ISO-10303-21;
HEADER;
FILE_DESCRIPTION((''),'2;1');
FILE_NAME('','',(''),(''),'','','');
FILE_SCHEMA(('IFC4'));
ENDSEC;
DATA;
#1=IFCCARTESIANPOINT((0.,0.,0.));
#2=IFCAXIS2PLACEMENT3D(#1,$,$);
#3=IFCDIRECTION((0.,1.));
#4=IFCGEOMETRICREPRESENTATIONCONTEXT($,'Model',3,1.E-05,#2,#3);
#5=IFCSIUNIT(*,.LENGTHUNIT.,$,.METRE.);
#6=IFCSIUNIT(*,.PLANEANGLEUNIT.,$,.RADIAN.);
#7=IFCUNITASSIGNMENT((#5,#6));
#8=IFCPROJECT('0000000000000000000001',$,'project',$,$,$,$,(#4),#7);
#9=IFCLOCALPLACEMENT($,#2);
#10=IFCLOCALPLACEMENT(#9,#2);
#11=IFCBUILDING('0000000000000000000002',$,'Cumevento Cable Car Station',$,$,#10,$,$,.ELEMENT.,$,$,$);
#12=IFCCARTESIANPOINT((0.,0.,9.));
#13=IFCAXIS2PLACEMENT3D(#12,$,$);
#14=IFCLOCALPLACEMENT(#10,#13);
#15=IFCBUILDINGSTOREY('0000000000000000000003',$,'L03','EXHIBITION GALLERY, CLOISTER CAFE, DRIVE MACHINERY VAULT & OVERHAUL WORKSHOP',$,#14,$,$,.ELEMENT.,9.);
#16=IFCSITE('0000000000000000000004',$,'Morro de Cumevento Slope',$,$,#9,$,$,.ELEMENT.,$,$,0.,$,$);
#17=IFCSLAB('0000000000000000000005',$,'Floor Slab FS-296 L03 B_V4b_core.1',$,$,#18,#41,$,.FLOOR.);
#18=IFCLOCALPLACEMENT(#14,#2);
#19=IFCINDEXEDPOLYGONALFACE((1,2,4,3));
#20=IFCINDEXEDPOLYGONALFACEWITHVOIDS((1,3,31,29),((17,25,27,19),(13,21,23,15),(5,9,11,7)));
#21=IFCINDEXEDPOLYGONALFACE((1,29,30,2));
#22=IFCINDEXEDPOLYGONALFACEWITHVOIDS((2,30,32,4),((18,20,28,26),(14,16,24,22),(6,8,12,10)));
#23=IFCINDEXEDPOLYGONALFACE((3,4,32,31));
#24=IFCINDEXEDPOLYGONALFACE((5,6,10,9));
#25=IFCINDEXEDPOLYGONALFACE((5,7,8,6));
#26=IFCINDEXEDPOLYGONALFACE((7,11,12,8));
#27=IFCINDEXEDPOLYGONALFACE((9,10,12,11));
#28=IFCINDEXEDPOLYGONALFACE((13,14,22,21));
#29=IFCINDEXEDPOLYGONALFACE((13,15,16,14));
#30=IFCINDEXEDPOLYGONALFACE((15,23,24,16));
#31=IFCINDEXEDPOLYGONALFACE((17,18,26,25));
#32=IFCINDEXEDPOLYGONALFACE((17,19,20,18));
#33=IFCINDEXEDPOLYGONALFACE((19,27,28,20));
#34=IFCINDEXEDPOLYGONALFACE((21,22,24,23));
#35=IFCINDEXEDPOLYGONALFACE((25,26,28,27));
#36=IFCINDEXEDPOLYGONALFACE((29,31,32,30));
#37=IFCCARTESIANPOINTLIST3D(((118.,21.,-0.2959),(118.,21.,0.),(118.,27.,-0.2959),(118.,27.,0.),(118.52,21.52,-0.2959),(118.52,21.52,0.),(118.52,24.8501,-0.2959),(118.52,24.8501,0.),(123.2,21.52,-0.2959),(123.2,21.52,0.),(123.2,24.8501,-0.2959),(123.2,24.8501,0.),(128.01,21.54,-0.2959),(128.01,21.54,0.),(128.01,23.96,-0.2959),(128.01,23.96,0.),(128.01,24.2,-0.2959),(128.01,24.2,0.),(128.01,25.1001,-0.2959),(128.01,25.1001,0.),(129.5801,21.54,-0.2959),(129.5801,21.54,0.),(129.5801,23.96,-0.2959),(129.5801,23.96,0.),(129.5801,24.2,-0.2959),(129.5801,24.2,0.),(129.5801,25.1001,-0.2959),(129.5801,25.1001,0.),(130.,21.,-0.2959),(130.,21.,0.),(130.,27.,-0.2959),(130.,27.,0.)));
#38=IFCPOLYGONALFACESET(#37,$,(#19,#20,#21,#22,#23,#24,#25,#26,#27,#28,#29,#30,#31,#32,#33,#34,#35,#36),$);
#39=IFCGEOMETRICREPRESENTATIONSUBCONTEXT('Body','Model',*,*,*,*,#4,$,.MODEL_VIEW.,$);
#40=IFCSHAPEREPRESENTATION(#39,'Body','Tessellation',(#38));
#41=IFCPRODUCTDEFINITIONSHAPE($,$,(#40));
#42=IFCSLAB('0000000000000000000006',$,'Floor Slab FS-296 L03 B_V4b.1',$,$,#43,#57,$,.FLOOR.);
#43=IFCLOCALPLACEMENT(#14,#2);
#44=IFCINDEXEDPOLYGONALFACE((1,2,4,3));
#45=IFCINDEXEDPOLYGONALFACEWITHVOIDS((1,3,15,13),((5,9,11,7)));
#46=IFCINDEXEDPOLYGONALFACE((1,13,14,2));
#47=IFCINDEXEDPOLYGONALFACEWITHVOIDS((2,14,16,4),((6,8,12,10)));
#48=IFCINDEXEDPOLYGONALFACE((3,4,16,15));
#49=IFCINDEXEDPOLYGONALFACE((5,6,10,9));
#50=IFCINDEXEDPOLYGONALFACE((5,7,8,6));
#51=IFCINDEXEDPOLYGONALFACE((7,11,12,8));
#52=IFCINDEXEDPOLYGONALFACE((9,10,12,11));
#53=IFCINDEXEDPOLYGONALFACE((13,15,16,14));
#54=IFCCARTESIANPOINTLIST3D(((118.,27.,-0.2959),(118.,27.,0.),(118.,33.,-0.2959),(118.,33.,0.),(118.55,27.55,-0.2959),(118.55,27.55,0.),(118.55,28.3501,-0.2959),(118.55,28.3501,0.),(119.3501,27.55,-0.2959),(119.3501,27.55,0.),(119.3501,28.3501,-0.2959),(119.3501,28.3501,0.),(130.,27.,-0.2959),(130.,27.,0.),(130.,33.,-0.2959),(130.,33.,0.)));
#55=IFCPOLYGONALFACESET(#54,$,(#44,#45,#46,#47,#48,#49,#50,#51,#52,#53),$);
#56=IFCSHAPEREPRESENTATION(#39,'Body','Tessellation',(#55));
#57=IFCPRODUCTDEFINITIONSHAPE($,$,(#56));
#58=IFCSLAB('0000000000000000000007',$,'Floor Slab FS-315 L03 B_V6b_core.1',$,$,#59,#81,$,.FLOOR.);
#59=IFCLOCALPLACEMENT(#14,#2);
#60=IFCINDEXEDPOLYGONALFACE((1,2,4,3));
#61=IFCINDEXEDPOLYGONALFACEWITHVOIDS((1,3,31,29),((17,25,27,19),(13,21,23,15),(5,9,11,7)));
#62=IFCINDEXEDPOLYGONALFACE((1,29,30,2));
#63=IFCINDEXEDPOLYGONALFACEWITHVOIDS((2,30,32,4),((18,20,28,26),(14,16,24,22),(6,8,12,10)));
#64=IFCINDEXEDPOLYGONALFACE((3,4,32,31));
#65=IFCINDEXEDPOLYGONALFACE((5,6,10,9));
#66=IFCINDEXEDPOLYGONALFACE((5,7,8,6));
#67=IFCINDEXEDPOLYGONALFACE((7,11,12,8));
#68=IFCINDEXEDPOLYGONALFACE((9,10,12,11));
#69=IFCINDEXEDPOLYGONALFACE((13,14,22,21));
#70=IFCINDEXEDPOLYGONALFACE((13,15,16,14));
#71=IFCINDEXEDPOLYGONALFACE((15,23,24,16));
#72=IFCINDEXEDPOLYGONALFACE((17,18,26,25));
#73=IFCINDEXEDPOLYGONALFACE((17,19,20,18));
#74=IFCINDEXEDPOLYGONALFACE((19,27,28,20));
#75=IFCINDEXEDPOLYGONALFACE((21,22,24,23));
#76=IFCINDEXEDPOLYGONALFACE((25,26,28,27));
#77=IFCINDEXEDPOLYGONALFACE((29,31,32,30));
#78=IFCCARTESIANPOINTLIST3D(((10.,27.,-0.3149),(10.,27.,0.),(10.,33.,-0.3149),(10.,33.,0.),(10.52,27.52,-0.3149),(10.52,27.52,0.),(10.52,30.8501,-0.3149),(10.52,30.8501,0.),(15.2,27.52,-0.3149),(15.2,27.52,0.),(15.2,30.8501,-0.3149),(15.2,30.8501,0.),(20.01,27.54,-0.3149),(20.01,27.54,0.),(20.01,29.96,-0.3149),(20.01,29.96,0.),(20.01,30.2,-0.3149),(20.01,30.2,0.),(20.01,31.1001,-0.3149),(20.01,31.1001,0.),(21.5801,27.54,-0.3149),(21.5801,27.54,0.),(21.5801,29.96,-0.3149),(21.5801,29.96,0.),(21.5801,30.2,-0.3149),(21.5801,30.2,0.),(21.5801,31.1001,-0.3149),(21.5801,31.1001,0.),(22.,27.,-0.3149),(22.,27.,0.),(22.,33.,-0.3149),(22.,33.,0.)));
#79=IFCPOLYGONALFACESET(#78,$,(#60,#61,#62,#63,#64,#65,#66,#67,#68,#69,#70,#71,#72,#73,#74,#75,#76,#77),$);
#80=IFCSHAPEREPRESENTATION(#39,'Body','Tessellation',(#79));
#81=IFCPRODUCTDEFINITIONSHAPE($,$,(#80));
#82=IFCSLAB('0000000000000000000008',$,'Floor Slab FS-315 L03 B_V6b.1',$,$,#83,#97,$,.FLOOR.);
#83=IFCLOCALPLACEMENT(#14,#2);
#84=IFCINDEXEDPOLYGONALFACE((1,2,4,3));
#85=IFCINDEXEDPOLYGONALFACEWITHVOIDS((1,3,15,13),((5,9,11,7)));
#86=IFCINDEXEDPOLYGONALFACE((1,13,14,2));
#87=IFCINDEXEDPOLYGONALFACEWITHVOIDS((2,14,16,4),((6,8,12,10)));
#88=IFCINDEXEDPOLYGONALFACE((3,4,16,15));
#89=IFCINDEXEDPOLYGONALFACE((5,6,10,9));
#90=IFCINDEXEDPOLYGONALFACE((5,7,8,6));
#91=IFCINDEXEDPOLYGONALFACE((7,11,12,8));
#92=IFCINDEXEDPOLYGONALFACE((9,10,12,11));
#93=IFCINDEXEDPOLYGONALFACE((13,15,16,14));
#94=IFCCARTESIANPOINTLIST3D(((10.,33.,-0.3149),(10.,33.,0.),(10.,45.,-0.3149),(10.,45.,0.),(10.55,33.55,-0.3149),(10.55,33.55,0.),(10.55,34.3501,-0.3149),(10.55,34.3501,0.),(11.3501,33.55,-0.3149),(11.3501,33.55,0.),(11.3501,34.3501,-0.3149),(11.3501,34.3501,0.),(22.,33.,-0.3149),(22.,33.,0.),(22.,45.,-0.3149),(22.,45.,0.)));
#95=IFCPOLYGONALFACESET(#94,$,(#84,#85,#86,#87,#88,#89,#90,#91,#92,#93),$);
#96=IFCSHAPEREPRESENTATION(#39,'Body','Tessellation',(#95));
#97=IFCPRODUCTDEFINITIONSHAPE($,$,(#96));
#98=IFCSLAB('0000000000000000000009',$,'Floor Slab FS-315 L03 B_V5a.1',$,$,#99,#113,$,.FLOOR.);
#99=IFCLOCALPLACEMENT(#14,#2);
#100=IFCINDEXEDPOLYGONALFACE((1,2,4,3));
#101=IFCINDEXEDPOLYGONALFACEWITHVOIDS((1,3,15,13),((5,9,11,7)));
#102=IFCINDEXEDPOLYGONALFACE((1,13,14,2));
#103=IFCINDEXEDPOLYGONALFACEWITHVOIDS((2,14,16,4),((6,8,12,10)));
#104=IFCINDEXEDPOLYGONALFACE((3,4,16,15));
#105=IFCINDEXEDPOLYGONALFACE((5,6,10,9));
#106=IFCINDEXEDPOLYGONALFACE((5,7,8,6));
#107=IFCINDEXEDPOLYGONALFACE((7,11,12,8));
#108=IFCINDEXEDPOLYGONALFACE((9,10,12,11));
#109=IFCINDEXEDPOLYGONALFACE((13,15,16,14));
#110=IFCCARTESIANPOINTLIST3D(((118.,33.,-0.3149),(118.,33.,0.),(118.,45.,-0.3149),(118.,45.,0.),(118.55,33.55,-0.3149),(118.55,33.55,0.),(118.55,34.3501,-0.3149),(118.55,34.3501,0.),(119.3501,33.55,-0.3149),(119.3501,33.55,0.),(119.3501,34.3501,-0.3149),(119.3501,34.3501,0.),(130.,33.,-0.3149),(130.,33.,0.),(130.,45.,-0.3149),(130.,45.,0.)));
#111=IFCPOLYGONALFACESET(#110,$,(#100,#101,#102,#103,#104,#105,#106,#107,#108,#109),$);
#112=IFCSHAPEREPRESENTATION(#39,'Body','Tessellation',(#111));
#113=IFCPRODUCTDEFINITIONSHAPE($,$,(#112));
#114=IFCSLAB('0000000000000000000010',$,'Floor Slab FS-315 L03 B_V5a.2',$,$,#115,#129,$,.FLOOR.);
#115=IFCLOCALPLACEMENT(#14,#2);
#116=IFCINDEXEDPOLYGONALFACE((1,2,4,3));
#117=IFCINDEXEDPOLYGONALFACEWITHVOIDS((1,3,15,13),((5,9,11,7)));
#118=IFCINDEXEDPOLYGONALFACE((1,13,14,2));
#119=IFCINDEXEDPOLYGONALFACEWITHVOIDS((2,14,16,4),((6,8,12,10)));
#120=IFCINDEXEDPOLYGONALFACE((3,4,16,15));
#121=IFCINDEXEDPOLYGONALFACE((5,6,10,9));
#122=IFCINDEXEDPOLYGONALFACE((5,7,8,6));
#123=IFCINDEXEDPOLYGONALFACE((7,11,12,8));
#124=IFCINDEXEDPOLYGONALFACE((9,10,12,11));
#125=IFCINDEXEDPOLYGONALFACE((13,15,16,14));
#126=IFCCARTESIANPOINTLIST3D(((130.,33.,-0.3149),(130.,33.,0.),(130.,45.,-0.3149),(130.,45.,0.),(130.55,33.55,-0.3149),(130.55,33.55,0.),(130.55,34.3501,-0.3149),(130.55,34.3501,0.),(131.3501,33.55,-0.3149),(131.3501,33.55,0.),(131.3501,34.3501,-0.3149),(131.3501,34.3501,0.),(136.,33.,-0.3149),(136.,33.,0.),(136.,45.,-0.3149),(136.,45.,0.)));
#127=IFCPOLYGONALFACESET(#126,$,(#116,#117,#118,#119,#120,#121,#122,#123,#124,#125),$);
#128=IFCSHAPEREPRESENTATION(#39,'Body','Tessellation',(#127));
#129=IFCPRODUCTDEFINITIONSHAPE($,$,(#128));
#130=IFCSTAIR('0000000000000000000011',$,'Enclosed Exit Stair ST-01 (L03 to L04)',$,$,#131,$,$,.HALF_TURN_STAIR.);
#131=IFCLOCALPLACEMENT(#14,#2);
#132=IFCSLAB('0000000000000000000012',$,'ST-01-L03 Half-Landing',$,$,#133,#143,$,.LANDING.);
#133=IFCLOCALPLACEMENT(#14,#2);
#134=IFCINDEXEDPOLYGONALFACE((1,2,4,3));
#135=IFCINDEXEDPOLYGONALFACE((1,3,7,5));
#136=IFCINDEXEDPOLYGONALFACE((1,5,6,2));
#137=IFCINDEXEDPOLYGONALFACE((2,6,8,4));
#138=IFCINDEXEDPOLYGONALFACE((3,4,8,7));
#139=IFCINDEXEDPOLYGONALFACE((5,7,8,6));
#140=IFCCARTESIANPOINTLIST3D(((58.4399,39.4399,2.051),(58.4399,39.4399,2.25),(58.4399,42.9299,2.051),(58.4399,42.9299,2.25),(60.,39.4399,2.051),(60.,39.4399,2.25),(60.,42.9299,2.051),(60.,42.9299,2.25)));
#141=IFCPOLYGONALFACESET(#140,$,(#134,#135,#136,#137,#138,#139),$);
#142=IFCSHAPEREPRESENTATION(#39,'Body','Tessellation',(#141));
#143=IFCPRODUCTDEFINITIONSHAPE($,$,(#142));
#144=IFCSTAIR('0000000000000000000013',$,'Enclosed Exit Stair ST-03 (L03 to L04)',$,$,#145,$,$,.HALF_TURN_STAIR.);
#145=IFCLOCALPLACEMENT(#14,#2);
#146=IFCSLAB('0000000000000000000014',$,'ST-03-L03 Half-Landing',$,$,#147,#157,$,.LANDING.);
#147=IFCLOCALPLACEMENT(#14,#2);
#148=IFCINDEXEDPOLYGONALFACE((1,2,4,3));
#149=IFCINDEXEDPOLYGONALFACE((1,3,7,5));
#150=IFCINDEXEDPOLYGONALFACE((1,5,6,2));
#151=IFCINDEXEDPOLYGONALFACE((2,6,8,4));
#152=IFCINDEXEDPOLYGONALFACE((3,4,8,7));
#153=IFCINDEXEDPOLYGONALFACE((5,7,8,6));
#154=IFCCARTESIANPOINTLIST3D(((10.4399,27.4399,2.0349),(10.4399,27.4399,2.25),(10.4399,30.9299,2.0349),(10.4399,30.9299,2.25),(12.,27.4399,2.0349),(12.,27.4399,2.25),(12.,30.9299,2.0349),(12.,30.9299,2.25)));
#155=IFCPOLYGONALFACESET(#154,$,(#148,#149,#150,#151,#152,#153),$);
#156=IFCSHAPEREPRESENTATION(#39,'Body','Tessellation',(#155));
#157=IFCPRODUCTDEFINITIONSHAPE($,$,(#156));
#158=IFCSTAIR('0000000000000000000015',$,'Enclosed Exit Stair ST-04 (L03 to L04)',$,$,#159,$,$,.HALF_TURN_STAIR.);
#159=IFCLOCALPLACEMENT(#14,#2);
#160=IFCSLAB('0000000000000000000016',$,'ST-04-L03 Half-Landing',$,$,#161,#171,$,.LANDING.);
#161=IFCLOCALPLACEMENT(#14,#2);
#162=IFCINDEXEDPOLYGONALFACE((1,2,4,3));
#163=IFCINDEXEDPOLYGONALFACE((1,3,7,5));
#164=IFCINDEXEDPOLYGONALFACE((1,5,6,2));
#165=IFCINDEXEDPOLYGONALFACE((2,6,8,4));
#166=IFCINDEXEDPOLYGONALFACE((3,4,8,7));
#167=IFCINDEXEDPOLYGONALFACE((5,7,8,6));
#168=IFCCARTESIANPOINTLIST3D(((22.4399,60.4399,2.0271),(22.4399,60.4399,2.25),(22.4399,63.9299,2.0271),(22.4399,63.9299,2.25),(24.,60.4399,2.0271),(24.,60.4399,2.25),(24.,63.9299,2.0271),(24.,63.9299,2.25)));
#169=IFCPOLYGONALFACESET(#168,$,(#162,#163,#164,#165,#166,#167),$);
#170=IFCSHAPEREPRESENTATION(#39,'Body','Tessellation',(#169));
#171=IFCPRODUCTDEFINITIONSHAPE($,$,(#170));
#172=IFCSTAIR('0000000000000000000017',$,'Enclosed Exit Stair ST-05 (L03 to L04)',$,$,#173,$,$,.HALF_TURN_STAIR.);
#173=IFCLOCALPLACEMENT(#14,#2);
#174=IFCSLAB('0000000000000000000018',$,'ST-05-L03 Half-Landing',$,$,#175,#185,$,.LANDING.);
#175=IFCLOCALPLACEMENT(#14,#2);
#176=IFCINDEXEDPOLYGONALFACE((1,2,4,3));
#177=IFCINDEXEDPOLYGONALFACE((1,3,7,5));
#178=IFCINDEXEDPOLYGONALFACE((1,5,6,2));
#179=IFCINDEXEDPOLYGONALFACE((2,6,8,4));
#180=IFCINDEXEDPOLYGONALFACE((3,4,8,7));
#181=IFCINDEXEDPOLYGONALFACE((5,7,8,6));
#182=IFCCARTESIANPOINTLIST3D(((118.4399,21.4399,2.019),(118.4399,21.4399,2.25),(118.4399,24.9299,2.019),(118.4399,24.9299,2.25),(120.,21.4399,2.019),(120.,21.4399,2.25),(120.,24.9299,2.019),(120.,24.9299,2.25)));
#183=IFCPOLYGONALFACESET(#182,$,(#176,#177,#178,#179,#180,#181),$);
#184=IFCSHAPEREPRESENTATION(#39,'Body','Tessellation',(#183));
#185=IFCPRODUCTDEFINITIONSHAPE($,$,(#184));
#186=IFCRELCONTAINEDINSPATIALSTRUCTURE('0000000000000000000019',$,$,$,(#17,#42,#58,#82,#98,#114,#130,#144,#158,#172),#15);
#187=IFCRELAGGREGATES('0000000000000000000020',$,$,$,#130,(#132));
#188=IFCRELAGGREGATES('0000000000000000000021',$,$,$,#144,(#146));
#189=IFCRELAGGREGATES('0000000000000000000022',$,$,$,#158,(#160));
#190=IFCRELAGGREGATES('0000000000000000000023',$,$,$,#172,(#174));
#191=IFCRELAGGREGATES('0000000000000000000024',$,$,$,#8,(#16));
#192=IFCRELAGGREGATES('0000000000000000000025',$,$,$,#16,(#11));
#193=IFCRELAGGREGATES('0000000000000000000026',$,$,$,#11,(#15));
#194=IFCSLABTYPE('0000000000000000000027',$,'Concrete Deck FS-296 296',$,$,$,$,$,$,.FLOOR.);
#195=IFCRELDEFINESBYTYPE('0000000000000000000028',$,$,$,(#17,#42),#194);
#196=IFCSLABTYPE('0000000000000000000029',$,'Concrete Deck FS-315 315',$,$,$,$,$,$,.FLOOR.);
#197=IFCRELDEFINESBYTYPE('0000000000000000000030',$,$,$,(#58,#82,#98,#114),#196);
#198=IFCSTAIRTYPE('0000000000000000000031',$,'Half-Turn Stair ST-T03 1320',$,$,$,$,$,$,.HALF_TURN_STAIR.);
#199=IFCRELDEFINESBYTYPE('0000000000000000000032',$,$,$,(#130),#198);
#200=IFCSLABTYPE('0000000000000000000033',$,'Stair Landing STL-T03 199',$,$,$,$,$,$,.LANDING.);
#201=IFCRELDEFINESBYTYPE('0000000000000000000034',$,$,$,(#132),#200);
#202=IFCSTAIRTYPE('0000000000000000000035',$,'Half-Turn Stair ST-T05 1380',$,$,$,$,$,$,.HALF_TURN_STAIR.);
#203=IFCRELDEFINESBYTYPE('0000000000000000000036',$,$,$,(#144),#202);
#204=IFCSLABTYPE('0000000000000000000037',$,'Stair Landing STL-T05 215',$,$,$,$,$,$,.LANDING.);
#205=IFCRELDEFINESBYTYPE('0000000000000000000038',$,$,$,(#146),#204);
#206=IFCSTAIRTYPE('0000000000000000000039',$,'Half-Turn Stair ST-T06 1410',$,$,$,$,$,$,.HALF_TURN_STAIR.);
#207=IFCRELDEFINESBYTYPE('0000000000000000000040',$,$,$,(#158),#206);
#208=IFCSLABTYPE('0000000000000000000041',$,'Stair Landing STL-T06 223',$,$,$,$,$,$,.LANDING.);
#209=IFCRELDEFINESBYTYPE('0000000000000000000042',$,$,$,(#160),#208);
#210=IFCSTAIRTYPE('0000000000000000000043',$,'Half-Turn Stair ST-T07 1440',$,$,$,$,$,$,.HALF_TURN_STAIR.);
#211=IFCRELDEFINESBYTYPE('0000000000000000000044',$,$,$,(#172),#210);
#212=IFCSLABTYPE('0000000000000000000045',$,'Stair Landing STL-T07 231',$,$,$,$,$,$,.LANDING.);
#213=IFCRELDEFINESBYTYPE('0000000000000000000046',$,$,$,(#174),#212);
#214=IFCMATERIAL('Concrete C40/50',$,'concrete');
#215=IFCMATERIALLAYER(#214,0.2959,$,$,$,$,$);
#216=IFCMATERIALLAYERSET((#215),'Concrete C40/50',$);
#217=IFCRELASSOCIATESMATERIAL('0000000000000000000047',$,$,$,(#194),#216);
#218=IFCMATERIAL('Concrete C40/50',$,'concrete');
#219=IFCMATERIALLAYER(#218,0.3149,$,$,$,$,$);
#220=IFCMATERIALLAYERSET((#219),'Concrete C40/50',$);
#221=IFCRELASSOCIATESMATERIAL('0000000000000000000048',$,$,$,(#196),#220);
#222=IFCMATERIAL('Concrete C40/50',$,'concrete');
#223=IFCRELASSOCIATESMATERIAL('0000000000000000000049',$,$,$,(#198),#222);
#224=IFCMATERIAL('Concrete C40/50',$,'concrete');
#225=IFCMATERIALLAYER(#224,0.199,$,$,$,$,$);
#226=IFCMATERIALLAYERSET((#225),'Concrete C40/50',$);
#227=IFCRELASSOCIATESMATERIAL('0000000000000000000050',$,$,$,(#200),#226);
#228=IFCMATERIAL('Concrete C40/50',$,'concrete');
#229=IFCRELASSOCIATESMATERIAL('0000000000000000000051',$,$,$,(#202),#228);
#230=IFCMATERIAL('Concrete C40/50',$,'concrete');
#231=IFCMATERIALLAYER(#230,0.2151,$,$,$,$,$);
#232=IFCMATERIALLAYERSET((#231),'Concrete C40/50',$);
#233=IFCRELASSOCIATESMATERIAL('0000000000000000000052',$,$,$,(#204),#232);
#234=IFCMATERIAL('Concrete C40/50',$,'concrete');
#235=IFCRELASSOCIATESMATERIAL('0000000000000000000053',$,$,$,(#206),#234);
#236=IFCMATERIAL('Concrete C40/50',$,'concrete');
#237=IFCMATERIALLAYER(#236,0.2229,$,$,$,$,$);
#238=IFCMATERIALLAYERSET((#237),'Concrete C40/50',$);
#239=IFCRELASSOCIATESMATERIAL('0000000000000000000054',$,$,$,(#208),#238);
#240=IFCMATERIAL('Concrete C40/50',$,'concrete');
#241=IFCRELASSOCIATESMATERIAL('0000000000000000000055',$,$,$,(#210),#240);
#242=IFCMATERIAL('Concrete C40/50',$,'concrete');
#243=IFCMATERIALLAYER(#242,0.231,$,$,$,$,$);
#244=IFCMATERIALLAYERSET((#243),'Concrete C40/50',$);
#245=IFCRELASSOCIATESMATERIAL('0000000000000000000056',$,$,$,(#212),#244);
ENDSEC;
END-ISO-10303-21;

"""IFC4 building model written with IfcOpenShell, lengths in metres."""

from ifc_helpers import new_model, si_unit, direction, frame, origin, place, context, subcontext, project, spatial, polyline, outline, extrude, material, layer, layer_set, type_object, element, aggregate, save


model = new_model("IFC4")

# Units and contexts
model_context = context("Model", 3, precision=1e-05, world=origin(), true_north=direction((0.0, 1.0)))
body_context = subcontext(model_context, "Body", "Model", "MODEL_VIEW")
ifc_project = project(units=[si_unit("LENGTHUNIT", "METRE"), si_unit("PLANEANGLEUNIT", "RADIAN")], contexts=[model_context])

# Site, building, storey
site_placement = place(None, origin())
site = spatial("IfcSite", under=ifc_project, at=site_placement, Name="Morro de Cumevento Slope", CompositionType="ELEMENT", RefElevation=0.0)
building_placement = place(site_placement, origin())
building = spatial("IfcBuilding", under=site, at=building_placement, Name="Cumevento Cable Car Station", CompositionType="ELEMENT")
storey_placement = place(building_placement, frame((0.0, 0.0, 9.0)))
storey = spatial("IfcBuildingStorey", under=building, at=storey_placement, Name="L03", Description="EXHIBITION GALLERY, CLOISTER CAFE, DRIVE MACHINERY VAULT & OVERHAUL WORKSHOP", CompositionType="ELEMENT", Elevation=9.0)

# Slabs
ifc_material_1 = material(Name="Concrete C40/50", Category="concrete")
ifc_layer_1 = layer(ifc_material_1, 0.2959)
ifc_layer_set_1 = layer_set([ifc_layer_1], Name="Concrete C40/50")
slab_type_1 = type_object("IfcSlabType", Name="Concrete Deck FS-296 296", PredefinedType="FLOOR", material=ifc_layer_set_1)
slab_1_placement = place(storey_placement, frame((0.0, 0.0, -0.2959)))
element("IfcSlab", 1, at=slab_1_placement, inside=storey, type_object=slab_type_1, Name="Floor Slab FS-296 L03 B_V4b_core.1", PredefinedType="FLOOR", context=body_context, shape_type="SweptSolid", body=[
    extrude(outline(polyline([(118.0, 21.0), (130.0, 21.0), (130.0, 27.0), (118.0, 27.0), (118.0, 21.0)]), holes=[polyline([(128.01, 21.54), (129.5801, 21.54), (129.5801, 23.96), (128.01, 23.96), (128.01, 21.54)]), polyline([(118.52, 21.52), (123.2, 21.52), (123.2, 24.8501), (118.52, 24.8501), (118.52, 21.52)]), polyline([(128.01, 24.2), (129.5801, 24.2), (129.5801, 25.1001), (128.01, 25.1001), (128.01, 24.2)])]), origin(), (0.0, 0.0, 1.0), 0.2959),
])
slab_2_placement = place(storey_placement, frame((0.0, 0.0, -0.2959)))
element("IfcSlab", 2, at=slab_2_placement, inside=storey, type_object=slab_type_1, Name="Floor Slab FS-296 L03 B_V4b.1", PredefinedType="FLOOR", context=body_context, shape_type="SweptSolid", body=[
    extrude(outline(polyline([(118.0, 27.0), (130.0, 27.0), (130.0, 33.0), (118.0, 33.0), (118.0, 27.0)]), holes=[polyline([(118.55, 27.55), (119.3501, 27.55), (119.3501, 28.3501), (118.55, 28.3501), (118.55, 27.55)])]), origin(), (0.0, 0.0, 1.0), 0.2959),
])
ifc_material_2 = material(Name="Concrete C40/50", Category="concrete")
ifc_layer_2 = layer(ifc_material_2, 0.3149)
ifc_layer_set_2 = layer_set([ifc_layer_2], Name="Concrete C40/50")
slab_type_2 = type_object("IfcSlabType", Name="Concrete Deck FS-315 315", PredefinedType="FLOOR", material=ifc_layer_set_2)
slab_3_placement = place(storey_placement, frame((0.0, 0.0, -0.3149)))
element("IfcSlab", 3, at=slab_3_placement, inside=storey, type_object=slab_type_2, Name="Floor Slab FS-315 L03 B_V6b_core.1", PredefinedType="FLOOR", context=body_context, shape_type="SweptSolid", body=[
    extrude(outline(polyline([(10.0, 27.0), (22.0, 27.0), (22.0, 33.0), (10.0, 33.0), (10.0, 27.0)]), holes=[polyline([(20.01, 27.54), (21.5801, 27.54), (21.5801, 29.96), (20.01, 29.96), (20.01, 27.54)]), polyline([(10.52, 27.52), (15.2, 27.52), (15.2, 30.8501), (10.52, 30.8501), (10.52, 27.52)]), polyline([(20.01, 30.2), (21.5801, 30.2), (21.5801, 31.1001), (20.01, 31.1001), (20.01, 30.2)])]), origin(), (0.0, 0.0, 1.0), 0.3149),
])
slab_4_placement = place(storey_placement, frame((0.0, 0.0, -0.3149)))
element("IfcSlab", 4, at=slab_4_placement, inside=storey, type_object=slab_type_2, Name="Floor Slab FS-315 L03 B_V6b.1", PredefinedType="FLOOR", context=body_context, shape_type="SweptSolid", body=[
    extrude(outline(polyline([(10.0, 33.0), (22.0, 33.0), (22.0, 45.0), (10.0, 45.0), (10.0, 33.0)]), holes=[polyline([(10.55, 33.55), (11.3501, 33.55), (11.3501, 34.3501), (10.55, 34.3501), (10.55, 33.55)])]), origin(), (0.0, 0.0, 1.0), 0.3149),
])
slab_5_placement = place(storey_placement, frame((0.0, 0.0, -0.3149)))
element("IfcSlab", 5, at=slab_5_placement, inside=storey, type_object=slab_type_2, Name="Floor Slab FS-315 L03 B_V5a.1", PredefinedType="FLOOR", context=body_context, shape_type="SweptSolid", body=[
    extrude(outline(polyline([(118.0, 33.0), (130.0, 33.0), (130.0, 45.0), (118.0, 45.0), (118.0, 33.0)]), holes=[polyline([(118.55, 33.55), (119.3501, 33.55), (119.3501, 34.3501), (118.55, 34.3501), (118.55, 33.55)])]), origin(), (0.0, 0.0, 1.0), 0.3149),
])
slab_6_placement = place(storey_placement, frame((0.0, 0.0, -0.3149)))
element("IfcSlab", 6, at=slab_6_placement, inside=storey, type_object=slab_type_2, Name="Floor Slab FS-315 L03 B_V5a.2", PredefinedType="FLOOR", context=body_context, shape_type="SweptSolid", body=[
    extrude(outline(polyline([(130.0, 33.0), (136.0, 33.0), (136.0, 45.0), (130.0, 45.0), (130.0, 33.0)]), holes=[polyline([(130.55, 33.55), (131.3501, 33.55), (131.3501, 34.3501), (130.55, 34.3501), (130.55, 33.55)])]), origin(), (0.0, 0.0, 1.0), 0.3149),
])

# Stairs, slabs
ifc_material_3 = material(Name="Concrete C40/50", Category="concrete")
stair_type_1 = type_object("IfcStairType", Name="Half-Turn Stair ST-T03 1320", PredefinedType="HALF_TURN_STAIR", material=ifc_material_3)
stair_1_placement = place(storey_placement, origin())
stair_1 = element("IfcStair", 7, at=stair_1_placement, inside=storey, type_object=stair_type_1, Name="Enclosed Exit Stair ST-01 (L03 to L04)", PredefinedType="HALF_TURN_STAIR")
ifc_material_4 = material(Name="Concrete C40/50", Category="concrete")
ifc_layer_3 = layer(ifc_material_4, 0.199)
ifc_layer_set_3 = layer_set([ifc_layer_3], Name="Concrete C40/50")
slab_type_3 = type_object("IfcSlabType", Name="Stair Landing STL-T03 199", PredefinedType="LANDING", material=ifc_layer_set_3)
slab_7_placement = place(storey_placement, frame((0.0, 0.0, 2.051)))
slab_7 = element("IfcSlab", 8, at=slab_7_placement, type_object=slab_type_3, Name="ST-01-L03 Half-Landing", PredefinedType="LANDING", context=body_context, shape_type="SweptSolid", body=[
    extrude(outline(polyline([(58.4399, 39.4399), (60.0, 39.4399), (60.0, 42.9299), (58.4399, 42.9299), (58.4399, 39.4399)])), origin(), (0.0, 0.0, 1.0), 0.199),
])
aggregate(stair_1, [slab_7])
ifc_material_5 = material(Name="Concrete C40/50", Category="concrete")
stair_type_2 = type_object("IfcStairType", Name="Half-Turn Stair ST-T05 1380", PredefinedType="HALF_TURN_STAIR", material=ifc_material_5)
stair_2_placement = place(storey_placement, origin())
stair_2 = element("IfcStair", 9, at=stair_2_placement, inside=storey, type_object=stair_type_2, Name="Enclosed Exit Stair ST-03 (L03 to L04)", PredefinedType="HALF_TURN_STAIR")
ifc_material_6 = material(Name="Concrete C40/50", Category="concrete")
ifc_layer_4 = layer(ifc_material_6, 0.2151)
ifc_layer_set_4 = layer_set([ifc_layer_4], Name="Concrete C40/50")
slab_type_4 = type_object("IfcSlabType", Name="Stair Landing STL-T05 215", PredefinedType="LANDING", material=ifc_layer_set_4)
slab_8_placement = place(storey_placement, frame((0.0, 0.0, 2.0349)))
slab_8 = element("IfcSlab", 10, at=slab_8_placement, type_object=slab_type_4, Name="ST-03-L03 Half-Landing", PredefinedType="LANDING", context=body_context, shape_type="SweptSolid", body=[
    extrude(outline(polyline([(10.4399, 27.4399), (12.0, 27.4399), (12.0, 30.9299), (10.4399, 30.9299), (10.4399, 27.4399)])), origin(), (0.0, 0.0, 1.0), 0.2151),
])
aggregate(stair_2, [slab_8])
ifc_material_7 = material(Name="Concrete C40/50", Category="concrete")
stair_type_3 = type_object("IfcStairType", Name="Half-Turn Stair ST-T06 1410", PredefinedType="HALF_TURN_STAIR", material=ifc_material_7)
stair_3_placement = place(storey_placement, origin())
stair_3 = element("IfcStair", 11, at=stair_3_placement, inside=storey, type_object=stair_type_3, Name="Enclosed Exit Stair ST-04 (L03 to L04)", PredefinedType="HALF_TURN_STAIR")
ifc_material_8 = material(Name="Concrete C40/50", Category="concrete")
ifc_layer_5 = layer(ifc_material_8, 0.2229)
ifc_layer_set_5 = layer_set([ifc_layer_5], Name="Concrete C40/50")
slab_type_5 = type_object("IfcSlabType", Name="Stair Landing STL-T06 223", PredefinedType="LANDING", material=ifc_layer_set_5)
slab_9_placement = place(storey_placement, frame((0.0, 0.0, 2.0271)))
slab_9 = element("IfcSlab", 12, at=slab_9_placement, type_object=slab_type_5, Name="ST-04-L03 Half-Landing", PredefinedType="LANDING", context=body_context, shape_type="SweptSolid", body=[
    extrude(outline(polyline([(22.4399, 60.4399), (24.0, 60.4399), (24.0, 63.9299), (22.4399, 63.9299), (22.4399, 60.4399)])), origin(), (0.0, 0.0, 1.0), 0.2229),
])
aggregate(stair_3, [slab_9])
ifc_material_9 = material(Name="Concrete C40/50", Category="concrete")
stair_type_4 = type_object("IfcStairType", Name="Half-Turn Stair ST-T07 1440", PredefinedType="HALF_TURN_STAIR", material=ifc_material_9)
stair_4_placement = place(storey_placement, origin())
stair_4 = element("IfcStair", 13, at=stair_4_placement, inside=storey, type_object=stair_type_4, Name="Enclosed Exit Stair ST-05 (L03 to L04)", PredefinedType="HALF_TURN_STAIR")
ifc_material_10 = material(Name="Concrete C40/50", Category="concrete")
ifc_layer_6 = layer(ifc_material_10, 0.231)
ifc_layer_set_6 = layer_set([ifc_layer_6], Name="Concrete C40/50")
slab_type_6 = type_object("IfcSlabType", Name="Stair Landing STL-T07 231", PredefinedType="LANDING", material=ifc_layer_set_6)
slab_10_placement = place(storey_placement, frame((0.0, 0.0, 2.019)))
slab_10 = element("IfcSlab", 14, at=slab_10_placement, type_object=slab_type_6, Name="ST-05-L03 Half-Landing", PredefinedType="LANDING", context=body_context, shape_type="SweptSolid", body=[
    extrude(outline(polyline([(118.4399, 21.4399), (120.0, 21.4399), (120.0, 24.9299), (118.4399, 24.9299), (118.4399, 21.4399)])), origin(), (0.0, 0.0, 1.0), 0.231),
])
aggregate(stair_4, [slab_10])

save(model, "model.ifc")
